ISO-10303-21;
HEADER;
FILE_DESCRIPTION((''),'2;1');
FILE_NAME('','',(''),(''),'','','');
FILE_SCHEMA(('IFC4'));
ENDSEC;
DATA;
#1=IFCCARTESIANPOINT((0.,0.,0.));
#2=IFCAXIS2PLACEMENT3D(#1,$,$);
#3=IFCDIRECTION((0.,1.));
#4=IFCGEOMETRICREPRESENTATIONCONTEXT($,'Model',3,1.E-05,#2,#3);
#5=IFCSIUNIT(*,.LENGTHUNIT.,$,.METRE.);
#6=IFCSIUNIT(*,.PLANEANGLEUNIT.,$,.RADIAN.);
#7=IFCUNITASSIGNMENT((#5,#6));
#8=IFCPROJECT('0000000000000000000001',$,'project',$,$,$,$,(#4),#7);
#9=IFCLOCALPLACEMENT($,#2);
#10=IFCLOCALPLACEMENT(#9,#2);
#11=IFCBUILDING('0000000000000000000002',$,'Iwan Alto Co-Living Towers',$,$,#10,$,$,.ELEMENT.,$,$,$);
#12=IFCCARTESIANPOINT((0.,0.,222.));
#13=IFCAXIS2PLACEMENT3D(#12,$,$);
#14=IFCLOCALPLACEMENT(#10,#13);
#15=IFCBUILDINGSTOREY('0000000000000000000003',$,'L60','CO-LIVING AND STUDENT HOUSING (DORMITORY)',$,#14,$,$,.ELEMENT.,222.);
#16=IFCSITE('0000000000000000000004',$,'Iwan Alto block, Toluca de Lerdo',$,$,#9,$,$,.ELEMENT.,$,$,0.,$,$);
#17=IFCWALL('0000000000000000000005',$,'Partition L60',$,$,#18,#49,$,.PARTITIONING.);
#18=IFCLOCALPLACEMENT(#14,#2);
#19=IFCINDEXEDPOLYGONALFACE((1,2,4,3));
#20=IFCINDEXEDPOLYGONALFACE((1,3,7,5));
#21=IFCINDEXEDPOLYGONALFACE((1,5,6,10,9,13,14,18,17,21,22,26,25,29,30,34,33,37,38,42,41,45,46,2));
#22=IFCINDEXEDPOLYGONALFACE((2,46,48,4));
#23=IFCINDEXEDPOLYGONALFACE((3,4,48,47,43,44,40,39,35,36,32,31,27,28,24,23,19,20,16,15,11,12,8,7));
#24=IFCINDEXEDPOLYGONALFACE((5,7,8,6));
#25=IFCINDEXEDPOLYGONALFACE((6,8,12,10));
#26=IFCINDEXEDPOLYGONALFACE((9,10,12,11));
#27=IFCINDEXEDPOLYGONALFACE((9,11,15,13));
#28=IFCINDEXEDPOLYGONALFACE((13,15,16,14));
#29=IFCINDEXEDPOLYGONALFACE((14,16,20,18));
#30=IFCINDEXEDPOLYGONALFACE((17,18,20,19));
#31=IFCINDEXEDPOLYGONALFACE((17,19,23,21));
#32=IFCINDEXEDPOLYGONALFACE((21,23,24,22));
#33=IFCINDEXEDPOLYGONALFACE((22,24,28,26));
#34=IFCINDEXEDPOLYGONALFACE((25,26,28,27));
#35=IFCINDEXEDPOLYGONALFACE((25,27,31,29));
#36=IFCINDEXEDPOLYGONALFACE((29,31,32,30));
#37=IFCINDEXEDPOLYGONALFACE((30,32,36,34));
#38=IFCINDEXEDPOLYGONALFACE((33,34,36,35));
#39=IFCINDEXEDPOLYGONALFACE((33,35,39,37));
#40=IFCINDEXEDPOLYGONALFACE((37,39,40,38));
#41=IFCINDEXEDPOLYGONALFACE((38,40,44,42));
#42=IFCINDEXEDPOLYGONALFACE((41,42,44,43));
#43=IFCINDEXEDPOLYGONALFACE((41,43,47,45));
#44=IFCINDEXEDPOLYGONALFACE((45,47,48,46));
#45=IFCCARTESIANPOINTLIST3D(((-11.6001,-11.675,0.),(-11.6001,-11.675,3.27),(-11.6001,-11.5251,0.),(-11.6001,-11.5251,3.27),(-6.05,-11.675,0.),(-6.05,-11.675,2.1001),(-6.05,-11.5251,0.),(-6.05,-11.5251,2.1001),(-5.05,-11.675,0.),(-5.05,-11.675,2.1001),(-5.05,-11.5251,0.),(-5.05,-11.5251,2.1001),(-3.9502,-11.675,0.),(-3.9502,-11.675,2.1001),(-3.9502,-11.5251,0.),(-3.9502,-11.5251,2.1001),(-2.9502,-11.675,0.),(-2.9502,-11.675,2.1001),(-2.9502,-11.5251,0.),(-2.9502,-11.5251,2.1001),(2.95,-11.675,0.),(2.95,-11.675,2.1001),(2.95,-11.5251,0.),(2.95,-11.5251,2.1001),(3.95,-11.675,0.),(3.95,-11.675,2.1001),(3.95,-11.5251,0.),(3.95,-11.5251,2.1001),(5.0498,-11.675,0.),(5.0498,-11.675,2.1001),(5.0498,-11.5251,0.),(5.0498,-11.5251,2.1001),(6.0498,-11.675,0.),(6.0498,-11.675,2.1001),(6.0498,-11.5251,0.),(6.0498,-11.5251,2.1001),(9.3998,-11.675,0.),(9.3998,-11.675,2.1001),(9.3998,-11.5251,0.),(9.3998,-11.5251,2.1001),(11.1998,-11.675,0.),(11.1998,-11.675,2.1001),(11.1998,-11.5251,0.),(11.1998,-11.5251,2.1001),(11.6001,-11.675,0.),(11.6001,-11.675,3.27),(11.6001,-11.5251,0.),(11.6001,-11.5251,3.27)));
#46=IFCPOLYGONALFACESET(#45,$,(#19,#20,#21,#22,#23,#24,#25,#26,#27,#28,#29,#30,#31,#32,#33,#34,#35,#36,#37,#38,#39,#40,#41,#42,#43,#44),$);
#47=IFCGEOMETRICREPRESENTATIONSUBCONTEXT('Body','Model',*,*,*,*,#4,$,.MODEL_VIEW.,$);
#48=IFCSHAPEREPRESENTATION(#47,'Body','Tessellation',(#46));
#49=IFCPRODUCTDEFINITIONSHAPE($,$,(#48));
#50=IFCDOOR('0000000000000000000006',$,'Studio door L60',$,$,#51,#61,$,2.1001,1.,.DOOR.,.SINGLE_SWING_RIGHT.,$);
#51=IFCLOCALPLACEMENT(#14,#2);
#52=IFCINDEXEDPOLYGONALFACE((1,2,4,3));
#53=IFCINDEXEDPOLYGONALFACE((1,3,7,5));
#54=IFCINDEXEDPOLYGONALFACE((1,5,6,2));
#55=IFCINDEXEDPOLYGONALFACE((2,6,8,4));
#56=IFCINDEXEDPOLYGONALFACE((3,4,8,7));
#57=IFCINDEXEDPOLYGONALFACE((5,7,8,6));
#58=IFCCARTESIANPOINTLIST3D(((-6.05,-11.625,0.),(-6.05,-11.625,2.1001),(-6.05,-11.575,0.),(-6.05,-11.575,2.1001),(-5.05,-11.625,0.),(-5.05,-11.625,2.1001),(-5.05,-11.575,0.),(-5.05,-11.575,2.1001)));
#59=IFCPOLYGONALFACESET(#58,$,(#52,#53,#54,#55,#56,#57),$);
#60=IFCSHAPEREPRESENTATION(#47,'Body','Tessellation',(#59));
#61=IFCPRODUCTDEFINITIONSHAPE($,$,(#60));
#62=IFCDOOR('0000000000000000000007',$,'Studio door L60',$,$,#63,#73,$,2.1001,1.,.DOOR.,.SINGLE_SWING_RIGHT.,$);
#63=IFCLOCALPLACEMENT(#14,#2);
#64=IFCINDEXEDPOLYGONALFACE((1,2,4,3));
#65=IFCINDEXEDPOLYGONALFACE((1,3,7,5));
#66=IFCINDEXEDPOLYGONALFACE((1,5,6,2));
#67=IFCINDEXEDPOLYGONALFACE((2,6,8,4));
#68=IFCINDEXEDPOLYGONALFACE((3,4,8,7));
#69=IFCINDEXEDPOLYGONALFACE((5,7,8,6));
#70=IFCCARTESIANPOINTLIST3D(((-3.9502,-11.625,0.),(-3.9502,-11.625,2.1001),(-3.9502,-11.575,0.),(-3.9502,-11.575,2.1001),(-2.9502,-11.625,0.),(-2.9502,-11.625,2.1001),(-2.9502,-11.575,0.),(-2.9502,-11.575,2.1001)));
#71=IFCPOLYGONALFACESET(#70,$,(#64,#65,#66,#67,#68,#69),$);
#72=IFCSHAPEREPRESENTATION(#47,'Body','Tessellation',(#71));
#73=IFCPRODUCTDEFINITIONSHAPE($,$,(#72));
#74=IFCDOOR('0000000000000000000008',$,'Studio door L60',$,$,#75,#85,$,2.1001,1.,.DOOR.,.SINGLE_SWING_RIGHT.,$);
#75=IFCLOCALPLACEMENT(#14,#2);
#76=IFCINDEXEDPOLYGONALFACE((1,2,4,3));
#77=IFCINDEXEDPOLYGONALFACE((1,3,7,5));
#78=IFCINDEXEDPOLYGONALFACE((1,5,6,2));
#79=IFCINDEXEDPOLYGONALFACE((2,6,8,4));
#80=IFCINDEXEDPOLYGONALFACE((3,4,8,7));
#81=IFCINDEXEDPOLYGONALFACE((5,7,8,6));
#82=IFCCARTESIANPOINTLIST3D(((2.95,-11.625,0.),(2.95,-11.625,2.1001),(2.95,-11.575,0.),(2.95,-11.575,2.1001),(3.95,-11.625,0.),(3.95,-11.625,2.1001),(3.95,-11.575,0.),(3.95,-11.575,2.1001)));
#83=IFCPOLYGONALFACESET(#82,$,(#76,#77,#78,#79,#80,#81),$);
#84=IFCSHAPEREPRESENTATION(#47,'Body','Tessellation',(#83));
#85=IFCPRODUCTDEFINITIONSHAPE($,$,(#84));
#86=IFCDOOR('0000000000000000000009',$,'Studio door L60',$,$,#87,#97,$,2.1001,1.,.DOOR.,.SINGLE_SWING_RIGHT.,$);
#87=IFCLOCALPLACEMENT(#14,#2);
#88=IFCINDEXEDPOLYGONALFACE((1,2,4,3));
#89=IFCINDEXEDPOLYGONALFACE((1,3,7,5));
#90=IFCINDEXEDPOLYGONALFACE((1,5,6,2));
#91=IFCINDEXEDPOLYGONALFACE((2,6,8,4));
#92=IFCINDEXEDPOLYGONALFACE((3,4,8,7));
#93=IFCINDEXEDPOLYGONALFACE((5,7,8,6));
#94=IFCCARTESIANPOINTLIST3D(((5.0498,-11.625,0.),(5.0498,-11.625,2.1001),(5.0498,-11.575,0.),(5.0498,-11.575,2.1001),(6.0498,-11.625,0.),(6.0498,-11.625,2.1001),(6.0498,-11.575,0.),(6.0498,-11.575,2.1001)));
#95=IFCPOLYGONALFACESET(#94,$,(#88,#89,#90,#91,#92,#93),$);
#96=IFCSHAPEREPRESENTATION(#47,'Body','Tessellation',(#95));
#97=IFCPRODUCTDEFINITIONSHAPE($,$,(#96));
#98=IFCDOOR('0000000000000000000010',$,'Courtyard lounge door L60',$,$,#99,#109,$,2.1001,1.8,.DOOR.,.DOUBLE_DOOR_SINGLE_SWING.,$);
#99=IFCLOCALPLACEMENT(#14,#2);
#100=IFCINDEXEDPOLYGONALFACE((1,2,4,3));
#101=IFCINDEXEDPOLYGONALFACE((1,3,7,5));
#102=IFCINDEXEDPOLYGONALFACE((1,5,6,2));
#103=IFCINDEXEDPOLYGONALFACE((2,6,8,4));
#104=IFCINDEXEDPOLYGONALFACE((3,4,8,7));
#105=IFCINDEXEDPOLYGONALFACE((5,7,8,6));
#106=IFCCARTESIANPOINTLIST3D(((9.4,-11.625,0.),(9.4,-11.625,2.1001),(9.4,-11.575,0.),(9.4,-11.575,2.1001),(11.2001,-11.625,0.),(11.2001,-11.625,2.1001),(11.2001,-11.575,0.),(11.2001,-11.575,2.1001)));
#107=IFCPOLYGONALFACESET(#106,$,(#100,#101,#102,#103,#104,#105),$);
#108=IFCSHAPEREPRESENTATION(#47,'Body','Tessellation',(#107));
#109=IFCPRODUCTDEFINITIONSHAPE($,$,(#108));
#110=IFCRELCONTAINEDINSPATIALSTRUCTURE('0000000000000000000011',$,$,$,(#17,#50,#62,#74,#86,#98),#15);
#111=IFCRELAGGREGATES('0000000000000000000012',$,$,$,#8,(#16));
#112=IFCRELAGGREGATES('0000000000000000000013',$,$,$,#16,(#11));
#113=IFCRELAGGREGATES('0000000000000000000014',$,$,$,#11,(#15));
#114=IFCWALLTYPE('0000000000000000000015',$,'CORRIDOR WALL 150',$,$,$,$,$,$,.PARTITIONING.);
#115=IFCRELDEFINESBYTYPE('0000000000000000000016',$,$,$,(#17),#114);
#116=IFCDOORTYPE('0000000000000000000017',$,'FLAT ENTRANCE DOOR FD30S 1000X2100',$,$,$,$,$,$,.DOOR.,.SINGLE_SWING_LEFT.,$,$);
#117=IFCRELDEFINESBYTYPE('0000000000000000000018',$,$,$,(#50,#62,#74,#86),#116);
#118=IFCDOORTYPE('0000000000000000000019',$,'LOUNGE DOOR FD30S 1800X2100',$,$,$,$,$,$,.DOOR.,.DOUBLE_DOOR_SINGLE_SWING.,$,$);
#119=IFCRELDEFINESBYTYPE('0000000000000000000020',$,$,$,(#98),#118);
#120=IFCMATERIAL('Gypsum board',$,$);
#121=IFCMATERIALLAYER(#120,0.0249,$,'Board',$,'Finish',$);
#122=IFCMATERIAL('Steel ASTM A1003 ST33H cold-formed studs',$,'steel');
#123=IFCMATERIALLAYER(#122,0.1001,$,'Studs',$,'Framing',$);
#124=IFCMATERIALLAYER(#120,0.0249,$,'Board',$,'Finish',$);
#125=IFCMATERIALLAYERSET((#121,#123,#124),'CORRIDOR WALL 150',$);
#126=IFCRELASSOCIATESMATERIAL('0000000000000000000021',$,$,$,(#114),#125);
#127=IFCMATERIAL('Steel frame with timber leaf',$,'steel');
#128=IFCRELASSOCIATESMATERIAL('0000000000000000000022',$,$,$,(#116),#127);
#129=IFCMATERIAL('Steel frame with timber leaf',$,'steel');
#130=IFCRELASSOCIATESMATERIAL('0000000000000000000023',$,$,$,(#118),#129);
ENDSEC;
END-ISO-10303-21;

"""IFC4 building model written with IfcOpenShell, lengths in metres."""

from ifc_helpers import new_model, si_unit, direction, frame, frame_2d, origin, place, context, subcontext, project, spatial, rectangle, extrude, material, layer, layer_set, type_object, element, fill, save


model = new_model("IFC4")

# Units and contexts
model_context = context("Model", 3, precision=1e-05, world=origin(), true_north=direction((0.0, 1.0)))
body_context = subcontext(model_context, "Body", "Model", "MODEL_VIEW")
ifc_project = project(units=[si_unit("LENGTHUNIT", "METRE"), si_unit("PLANEANGLEUNIT", "RADIAN")], contexts=[model_context])

# Site, building, storey
site_placement = place(None, origin())
site = spatial("IfcSite", under=ifc_project, at=site_placement, Name="Iwan Alto block, Toluca de Lerdo", CompositionType="ELEMENT", RefElevation=0.0)
building_placement = place(site_placement, origin())
building = spatial("IfcBuilding", under=site, at=building_placement, Name="Iwan Alto Co-Living Towers", CompositionType="ELEMENT")
storey_placement = place(building_placement, frame((0.0, 0.0, 222.0)))
storey = spatial("IfcBuildingStorey", under=building, at=storey_placement, Name="L60", Description="CO-LIVING AND STUDENT HOUSING (DORMITORY)", CompositionType="ELEMENT", Elevation=222.0)

# Wall, openings, doors
ifc_material_1 = material(Name="Gypsum board")
ifc_layer_1 = layer(ifc_material_1, 0.0249, Name="Board", Category="Finish")
ifc_material_2 = material(Name="Steel ASTM A1003 ST33H cold-formed studs", Category="steel")
ifc_layer_2 = layer(ifc_material_2, 0.1001, Name="Studs", Category="Framing")
ifc_layer_3 = layer(ifc_material_1, 0.0249, Name="Board", Category="Finish")
ifc_layer_set_1 = layer_set([ifc_layer_1, ifc_layer_2, ifc_layer_3], Name="CORRIDOR WALL 150")
wall_type_1 = type_object("IfcWallType", Name="CORRIDOR WALL 150", PredefinedType="PARTITIONING", material=ifc_layer_set_1)
wall_1_placement = place(storey_placement, frame((-11.6001, -11.6001, 0.0), z_axis=(0.0, 0.0, 1.0), x_axis=(1.0, 0.0, 0.0)))
wall_1 = element("IfcWall", 1, at=wall_1_placement, inside=storey, type_object=wall_type_1, Name="Partition L60", PredefinedType="PARTITIONING", context=body_context, shape_type="SweptSolid", body=[
    extrude(rectangle(XDim=23.2002, YDim=0.1499, at=frame_2d((11.6001, 0.0))), origin(), (0.0, 0.0, 1.0), 3.27),
])
opening_1_placement = place(wall_1_placement, frame((5.55, 0.0, 0.0)))
opening_1 = element("IfcOpeningElement", 2, at=opening_1_placement, cuts=wall_1, PredefinedType="OPENING", context=body_context, shape_type="SweptSolid", body=[
    extrude(rectangle(XDim=1.0, YDim=2.1001, at=frame_2d((0.5, 1.05))), frame((0.0, 0.085, 0.0), z_axis=(0.0, -1.0, 0.0), x_axis=(1.0, 0.0, 0.0)), (0.0, 0.0, 1.0), 0.1699),
])
opening_2_placement = place(wall_1_placement, frame((7.6499, 0.0, 0.0)))
opening_2 = element("IfcOpeningElement", 3, at=opening_2_placement, cuts=wall_1, PredefinedType="OPENING", context=body_context, shape_type="SweptSolid", body=[
    extrude(rectangle(XDim=1.0, YDim=2.1001, at=frame_2d((0.5, 1.05))), frame((0.0, 0.085, 0.0), z_axis=(0.0, -1.0, 0.0), x_axis=(1.0, 0.0, 0.0)), (0.0, 0.0, 1.0), 0.1699),
])
opening_3_placement = place(wall_1_placement, frame((14.55, 0.0, 0.0)))
opening_3 = element("IfcOpeningElement", 4, at=opening_3_placement, cuts=wall_1, PredefinedType="OPENING", context=body_context, shape_type="SweptSolid", body=[
    extrude(rectangle(XDim=1.0, YDim=2.1001, at=frame_2d((0.5, 1.05))), frame((0.0, 0.085, 0.0), z_axis=(0.0, -1.0, 0.0), x_axis=(1.0, 0.0, 0.0)), (0.0, 0.0, 1.0), 0.1699),
])
opening_4_placement = place(wall_1_placement, frame((16.6499, 0.0, 0.0)))
opening_4 = element("IfcOpeningElement", 5, at=opening_4_placement, cuts=wall_1, PredefinedType="OPENING", context=body_context, shape_type="SweptSolid", body=[
    extrude(rectangle(XDim=1.0, YDim=2.1001, at=frame_2d((0.5, 1.05))), frame((0.0, 0.085, 0.0), z_axis=(0.0, -1.0, 0.0), x_axis=(1.0, 0.0, 0.0)), (0.0, 0.0, 1.0), 0.1699),
])
opening_5_placement = place(wall_1_placement, frame((21.0, 0.0, 0.0)))
opening_5 = element("IfcOpeningElement", 6, at=opening_5_placement, cuts=wall_1, PredefinedType="OPENING", context=body_context, shape_type="SweptSolid", body=[
    extrude(rectangle(XDim=1.8, YDim=2.1001, at=frame_2d((0.8999, 1.05))), frame((0.0, 0.085, 0.0), z_axis=(0.0, -1.0, 0.0), x_axis=(1.0, 0.0, 0.0)), (0.0, 0.0, 1.0), 0.1699),
])
ifc_material_3 = material(Name="Steel frame with timber leaf", Category="steel")
door_type_1 = type_object("IfcDoorType", Name="FLAT ENTRANCE DOOR FD30S 1000X2100", OperationType="SINGLE_SWING_LEFT", PredefinedType="DOOR", material=ifc_material_3)
door_1_placement = place(opening_1_placement, frame((1.0, 0.0, 0.0), z_axis=(0.0, 0.0, 1.0), x_axis=(-1.0, 0.0, 0.0)))
door_1 = element("IfcDoor", 7, at=door_1_placement, inside=storey, type_object=door_type_1, Name="Studio door L60", OperationType="SINGLE_SWING_RIGHT", OverallHeight=2.1001, OverallWidth=1.0, PredefinedType="DOOR", context=body_context, shape_type="SweptSolid", body=[
    extrude(rectangle(XDim=1.0, YDim=2.1001, at=frame_2d((0.5, 1.05))), frame((0.0, 0.0249, 0.0), z_axis=(0.0, -1.0, 0.0), x_axis=(1.0, 0.0, 0.0)), (0.0, 0.0, 1.0), 0.05),
])
fill(opening_1, door_1)
door_2_placement = place(opening_2_placement, frame((1.0, 0.0, 0.0), z_axis=(0.0, 0.0, 1.0), x_axis=(-1.0, 0.0, 0.0)))
door_2 = element("IfcDoor", 8, at=door_2_placement, inside=storey, type_object=door_type_1, Name="Studio door L60", OperationType="SINGLE_SWING_RIGHT", OverallHeight=2.1001, OverallWidth=1.0, PredefinedType="DOOR", context=body_context, shape_type="SweptSolid", body=[
    extrude(rectangle(XDim=1.0, YDim=2.1001, at=frame_2d((0.5, 1.05))), frame((0.0, 0.0249, 0.0), z_axis=(0.0, -1.0, 0.0), x_axis=(1.0, 0.0, 0.0)), (0.0, 0.0, 1.0), 0.05),
])
fill(opening_2, door_2)
door_3_placement = place(opening_3_placement, frame((1.0, 0.0, 0.0), z_axis=(0.0, 0.0, 1.0), x_axis=(-1.0, 0.0, 0.0)))
door_3 = element("IfcDoor", 9, at=door_3_placement, inside=storey, type_object=door_type_1, Name="Studio door L60", OperationType="SINGLE_SWING_RIGHT", OverallHeight=2.1001, OverallWidth=1.0, PredefinedType="DOOR", context=body_context, shape_type="SweptSolid", body=[
    extrude(rectangle(XDim=1.0, YDim=2.1001, at=frame_2d((0.5, 1.05))), frame((0.0, 0.0249, 0.0), z_axis=(0.0, -1.0, 0.0), x_axis=(1.0, 0.0, 0.0)), (0.0, 0.0, 1.0), 0.05),
])
fill(opening_3, door_3)
door_4_placement = place(opening_4_placement, frame((1.0, 0.0, 0.0), z_axis=(0.0, 0.0, 1.0), x_axis=(-1.0, 0.0, 0.0)))
door_4 = element("IfcDoor", 10, at=door_4_placement, inside=storey, type_object=door_type_1, Name="Studio door L60", OperationType="SINGLE_SWING_RIGHT", OverallHeight=2.1001, OverallWidth=1.0, PredefinedType="DOOR", context=body_context, shape_type="SweptSolid", body=[
    extrude(rectangle(XDim=1.0, YDim=2.1001, at=frame_2d((0.5, 1.05))), frame((0.0, 0.0249, 0.0), z_axis=(0.0, -1.0, 0.0), x_axis=(1.0, 0.0, 0.0)), (0.0, 0.0, 1.0), 0.05),
])
fill(opening_4, door_4)
ifc_material_4 = material(Name="Steel frame with timber leaf", Category="steel")
door_type_2 = type_object("IfcDoorType", Name="LOUNGE DOOR FD30S 1800X2100", OperationType="DOUBLE_DOOR_SINGLE_SWING", PredefinedType="DOOR", material=ifc_material_4)
door_5_placement = place(opening_5_placement, frame((1.8, 0.0, 0.0), z_axis=(0.0, 0.0, 1.0), x_axis=(-1.0, 0.0, 0.0)))
door_5 = element("IfcDoor", 11, at=door_5_placement, inside=storey, type_object=door_type_2, Name="Courtyard lounge door L60", OperationType="DOUBLE_DOOR_SINGLE_SWING", OverallHeight=2.1001, OverallWidth=1.8, PredefinedType="DOOR", context=body_context, shape_type="SweptSolid", body=[
    extrude(rectangle(XDim=1.8, YDim=2.1001, at=frame_2d((0.8999, 1.05))), frame((0.0, 0.0249, 0.0), z_axis=(0.0, -1.0, 0.0), x_axis=(1.0, 0.0, 0.0)), (0.0, 0.0, 1.0), 0.05),
])
fill(opening_5, door_5)

save(model, "model.ifc")
